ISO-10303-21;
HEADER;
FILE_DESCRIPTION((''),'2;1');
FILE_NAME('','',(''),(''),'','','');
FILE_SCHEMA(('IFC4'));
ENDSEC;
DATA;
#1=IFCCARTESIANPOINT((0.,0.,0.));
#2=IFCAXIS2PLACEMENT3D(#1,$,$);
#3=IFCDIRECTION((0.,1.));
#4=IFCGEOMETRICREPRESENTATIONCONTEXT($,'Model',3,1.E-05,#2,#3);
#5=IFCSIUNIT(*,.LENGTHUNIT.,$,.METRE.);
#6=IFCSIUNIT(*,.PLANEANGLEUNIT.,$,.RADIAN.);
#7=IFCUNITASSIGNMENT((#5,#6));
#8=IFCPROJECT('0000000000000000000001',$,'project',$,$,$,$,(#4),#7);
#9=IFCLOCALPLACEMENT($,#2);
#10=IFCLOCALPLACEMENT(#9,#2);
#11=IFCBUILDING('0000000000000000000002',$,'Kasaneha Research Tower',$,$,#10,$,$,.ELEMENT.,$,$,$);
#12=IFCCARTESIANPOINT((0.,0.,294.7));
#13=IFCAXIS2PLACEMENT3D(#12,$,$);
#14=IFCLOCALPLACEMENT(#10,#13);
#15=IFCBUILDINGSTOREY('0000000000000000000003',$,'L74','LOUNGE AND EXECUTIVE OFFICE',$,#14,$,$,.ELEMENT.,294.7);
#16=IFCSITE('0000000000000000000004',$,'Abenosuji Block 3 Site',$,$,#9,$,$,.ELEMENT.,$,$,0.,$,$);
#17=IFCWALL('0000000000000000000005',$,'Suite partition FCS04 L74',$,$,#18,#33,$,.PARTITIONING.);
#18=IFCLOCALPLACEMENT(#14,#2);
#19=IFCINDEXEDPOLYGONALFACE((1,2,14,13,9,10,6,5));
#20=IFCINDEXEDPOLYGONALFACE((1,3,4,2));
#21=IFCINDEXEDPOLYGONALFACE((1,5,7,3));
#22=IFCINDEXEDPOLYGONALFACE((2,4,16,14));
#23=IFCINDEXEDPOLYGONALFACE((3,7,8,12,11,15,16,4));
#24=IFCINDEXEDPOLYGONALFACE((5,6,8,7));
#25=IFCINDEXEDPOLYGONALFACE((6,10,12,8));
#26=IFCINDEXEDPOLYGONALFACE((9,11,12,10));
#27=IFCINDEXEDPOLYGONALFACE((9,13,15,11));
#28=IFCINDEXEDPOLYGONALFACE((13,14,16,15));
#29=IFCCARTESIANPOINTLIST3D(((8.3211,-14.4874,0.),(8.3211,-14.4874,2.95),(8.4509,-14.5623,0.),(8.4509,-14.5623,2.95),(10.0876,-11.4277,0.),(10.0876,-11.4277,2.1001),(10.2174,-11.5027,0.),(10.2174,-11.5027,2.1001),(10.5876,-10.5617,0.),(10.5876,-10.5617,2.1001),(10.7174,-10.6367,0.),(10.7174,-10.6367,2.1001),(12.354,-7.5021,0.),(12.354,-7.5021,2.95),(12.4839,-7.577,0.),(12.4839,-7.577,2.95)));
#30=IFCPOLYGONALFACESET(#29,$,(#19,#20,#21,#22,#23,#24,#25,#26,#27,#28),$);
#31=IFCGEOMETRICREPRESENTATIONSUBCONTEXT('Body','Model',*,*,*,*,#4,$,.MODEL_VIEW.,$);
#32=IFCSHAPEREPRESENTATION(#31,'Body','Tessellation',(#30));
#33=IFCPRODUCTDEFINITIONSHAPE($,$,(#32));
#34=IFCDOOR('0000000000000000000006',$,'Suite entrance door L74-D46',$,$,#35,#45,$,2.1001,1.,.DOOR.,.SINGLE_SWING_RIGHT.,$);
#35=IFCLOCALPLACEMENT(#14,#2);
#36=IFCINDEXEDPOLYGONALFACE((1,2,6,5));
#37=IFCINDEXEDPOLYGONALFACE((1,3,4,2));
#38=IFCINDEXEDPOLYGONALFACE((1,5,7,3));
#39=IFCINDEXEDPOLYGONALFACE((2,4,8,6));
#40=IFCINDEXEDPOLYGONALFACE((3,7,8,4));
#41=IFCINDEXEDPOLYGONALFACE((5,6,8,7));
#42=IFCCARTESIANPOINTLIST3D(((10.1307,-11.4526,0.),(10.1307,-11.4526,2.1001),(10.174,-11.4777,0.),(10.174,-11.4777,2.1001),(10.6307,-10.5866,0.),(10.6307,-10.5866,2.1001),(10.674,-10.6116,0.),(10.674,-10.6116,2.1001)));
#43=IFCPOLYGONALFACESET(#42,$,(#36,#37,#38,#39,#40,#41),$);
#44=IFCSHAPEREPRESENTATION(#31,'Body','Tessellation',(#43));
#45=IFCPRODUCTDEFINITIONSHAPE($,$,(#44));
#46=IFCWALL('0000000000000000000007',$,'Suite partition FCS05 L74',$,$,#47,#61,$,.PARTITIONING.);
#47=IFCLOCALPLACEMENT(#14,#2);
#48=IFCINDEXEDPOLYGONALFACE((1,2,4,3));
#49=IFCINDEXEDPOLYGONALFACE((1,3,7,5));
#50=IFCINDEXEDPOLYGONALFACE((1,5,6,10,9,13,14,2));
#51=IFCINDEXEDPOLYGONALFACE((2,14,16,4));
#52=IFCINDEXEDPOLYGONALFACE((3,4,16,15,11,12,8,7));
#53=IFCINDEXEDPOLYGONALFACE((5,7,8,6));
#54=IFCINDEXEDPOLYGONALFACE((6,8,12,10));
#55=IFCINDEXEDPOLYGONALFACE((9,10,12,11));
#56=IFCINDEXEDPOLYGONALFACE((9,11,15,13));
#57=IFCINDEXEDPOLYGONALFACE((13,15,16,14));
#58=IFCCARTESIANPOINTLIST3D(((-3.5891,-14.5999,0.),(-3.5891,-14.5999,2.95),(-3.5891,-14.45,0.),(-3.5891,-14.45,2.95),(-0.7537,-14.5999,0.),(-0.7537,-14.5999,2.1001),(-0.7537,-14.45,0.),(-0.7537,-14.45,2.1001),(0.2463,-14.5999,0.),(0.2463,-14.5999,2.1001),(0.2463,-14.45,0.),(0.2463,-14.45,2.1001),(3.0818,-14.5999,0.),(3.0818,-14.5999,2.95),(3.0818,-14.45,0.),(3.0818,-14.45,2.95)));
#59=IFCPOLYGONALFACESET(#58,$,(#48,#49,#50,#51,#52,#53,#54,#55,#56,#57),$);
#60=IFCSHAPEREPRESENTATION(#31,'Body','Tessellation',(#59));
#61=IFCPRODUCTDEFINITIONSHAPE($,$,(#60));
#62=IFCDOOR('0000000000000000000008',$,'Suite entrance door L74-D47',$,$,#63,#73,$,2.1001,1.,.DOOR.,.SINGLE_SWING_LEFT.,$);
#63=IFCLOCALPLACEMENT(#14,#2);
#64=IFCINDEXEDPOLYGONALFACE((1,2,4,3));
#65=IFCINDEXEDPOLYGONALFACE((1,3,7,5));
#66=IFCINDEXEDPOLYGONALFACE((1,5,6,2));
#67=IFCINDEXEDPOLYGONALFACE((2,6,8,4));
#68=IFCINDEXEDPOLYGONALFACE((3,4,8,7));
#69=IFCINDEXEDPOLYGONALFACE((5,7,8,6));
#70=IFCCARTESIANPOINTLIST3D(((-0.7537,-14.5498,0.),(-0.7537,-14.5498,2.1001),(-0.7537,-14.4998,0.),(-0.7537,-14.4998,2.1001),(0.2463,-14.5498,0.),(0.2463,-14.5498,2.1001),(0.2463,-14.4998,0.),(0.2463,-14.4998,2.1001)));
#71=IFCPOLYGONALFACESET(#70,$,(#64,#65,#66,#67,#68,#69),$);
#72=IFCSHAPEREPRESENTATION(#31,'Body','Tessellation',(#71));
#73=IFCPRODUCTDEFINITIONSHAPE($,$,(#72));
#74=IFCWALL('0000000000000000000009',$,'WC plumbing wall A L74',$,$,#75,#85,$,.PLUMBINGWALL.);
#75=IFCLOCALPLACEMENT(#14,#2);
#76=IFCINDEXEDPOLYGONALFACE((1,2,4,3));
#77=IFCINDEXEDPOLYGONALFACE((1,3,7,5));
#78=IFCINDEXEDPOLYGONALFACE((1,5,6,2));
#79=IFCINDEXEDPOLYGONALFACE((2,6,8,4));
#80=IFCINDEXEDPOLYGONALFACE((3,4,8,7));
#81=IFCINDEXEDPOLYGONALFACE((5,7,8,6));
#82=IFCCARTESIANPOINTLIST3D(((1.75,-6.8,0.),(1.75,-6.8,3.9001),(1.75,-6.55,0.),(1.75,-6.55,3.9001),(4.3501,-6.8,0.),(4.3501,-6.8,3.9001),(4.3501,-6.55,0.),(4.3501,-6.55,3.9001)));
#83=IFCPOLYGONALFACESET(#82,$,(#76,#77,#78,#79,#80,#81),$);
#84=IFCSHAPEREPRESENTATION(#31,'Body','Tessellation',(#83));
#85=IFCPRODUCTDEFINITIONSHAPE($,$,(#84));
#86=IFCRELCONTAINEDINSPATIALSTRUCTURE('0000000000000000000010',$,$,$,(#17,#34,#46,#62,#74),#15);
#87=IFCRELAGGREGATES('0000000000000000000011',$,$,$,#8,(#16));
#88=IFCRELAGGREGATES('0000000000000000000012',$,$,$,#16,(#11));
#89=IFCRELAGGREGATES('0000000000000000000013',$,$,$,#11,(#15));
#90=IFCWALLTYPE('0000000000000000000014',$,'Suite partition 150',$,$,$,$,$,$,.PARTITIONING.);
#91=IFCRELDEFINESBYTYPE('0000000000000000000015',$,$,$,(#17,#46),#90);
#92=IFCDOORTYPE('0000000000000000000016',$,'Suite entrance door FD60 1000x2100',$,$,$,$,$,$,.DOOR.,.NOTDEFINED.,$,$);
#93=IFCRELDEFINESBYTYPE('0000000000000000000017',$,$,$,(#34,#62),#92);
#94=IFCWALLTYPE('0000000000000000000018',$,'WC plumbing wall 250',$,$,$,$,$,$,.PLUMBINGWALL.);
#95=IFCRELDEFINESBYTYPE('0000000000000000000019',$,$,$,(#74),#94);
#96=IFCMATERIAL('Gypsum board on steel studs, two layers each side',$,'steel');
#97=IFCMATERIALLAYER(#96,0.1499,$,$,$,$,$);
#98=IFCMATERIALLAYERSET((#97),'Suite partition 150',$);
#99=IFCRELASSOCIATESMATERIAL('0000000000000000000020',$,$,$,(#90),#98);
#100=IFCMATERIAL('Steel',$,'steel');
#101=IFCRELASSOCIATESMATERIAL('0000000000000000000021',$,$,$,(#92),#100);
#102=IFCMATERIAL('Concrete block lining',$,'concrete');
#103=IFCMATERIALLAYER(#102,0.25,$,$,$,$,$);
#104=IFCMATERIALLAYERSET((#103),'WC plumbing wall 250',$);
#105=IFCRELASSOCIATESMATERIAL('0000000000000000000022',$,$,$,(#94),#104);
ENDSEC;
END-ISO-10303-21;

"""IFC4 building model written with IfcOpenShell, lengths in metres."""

from ifc_helpers import new_model, si_unit, direction, frame, frame_2d, origin, place, context, subcontext, project, spatial, rectangle, extrude, material, layer, layer_set, type_object, element, fill, save


model = new_model("IFC4")

# Units and contexts
model_context = context("Model", 3, precision=1e-05, world=origin(), true_north=direction((0.0, 1.0)))
body_context = subcontext(model_context, "Body", "Model", "MODEL_VIEW")
ifc_project = project(units=[si_unit("LENGTHUNIT", "METRE"), si_unit("PLANEANGLEUNIT", "RADIAN")], contexts=[model_context])

# Site, building, storey
site_placement = place(None, origin())
site = spatial("IfcSite", under=ifc_project, at=site_placement, Name="Abenosuji Block 3 Site", CompositionType="ELEMENT", RefElevation=0.0)
building_placement = place(site_placement, origin())
building = spatial("IfcBuilding", under=site, at=building_placement, Name="Kasaneha Research Tower", CompositionType="ELEMENT")
storey_placement = place(building_placement, frame((0.0, 0.0, 294.7)))
storey = spatial("IfcBuildingStorey", under=building, at=storey_placement, Name="L74", Description="LOUNGE AND EXECUTIVE OFFICE", CompositionType="ELEMENT", Elevation=294.7)

# Shared definitions
ifc_material_1 = material(Name="Gypsum board on steel studs, two layers each side", Category="steel")
ifc_layer_1 = layer(ifc_material_1, 0.1499)
ifc_layer_set_1 = layer_set([ifc_layer_1], Name="Suite partition 150")
wall_type_1 = type_object("IfcWallType", Name="Suite partition 150", PredefinedType="PARTITIONING", material=ifc_layer_set_1)

# Walls, openings, doors
wall_1_placement = place(storey_placement, frame((12.4189, -7.5396, 0.0), z_axis=(0.0, 0.0, 1.0), x_axis=(-0.499997, -0.866027, 0.0)))
wall_1 = element("IfcWall", 1, at=wall_1_placement, inside=storey, type_object=wall_type_1, Name="Suite partition FCS04 L74", PredefinedType="PARTITIONING", context=body_context, shape_type="SweptSolid", body=[
    extrude(rectangle(XDim=8.0659, YDim=0.1499, at=frame_2d((4.033, 0.0))), origin(), (0.0, 0.0, 1.0), 2.95),
])
opening_1_placement = place(wall_1_placement, frame((3.533, 0.0, 0.0)))
opening_1 = element("IfcOpeningElement", 2, at=opening_1_placement, cuts=wall_1, PredefinedType="OPENING", context=body_context, shape_type="SweptSolid", body=[
    extrude(rectangle(XDim=1.0, YDim=2.1001, at=frame_2d((0.5, 1.05))), frame((0.0, 0.085, 0.0), z_axis=(0.0, -1.0, 0.0), x_axis=(1.0, 0.0, 0.0)), (0.0, 0.0, 1.0), 0.1699),
])
ifc_material_2 = material(Name="Steel", Category="steel")
door_type_1 = type_object("IfcDoorType", Name="Suite entrance door FD60 1000x2100", OperationType="NOTDEFINED", PredefinedType="DOOR", material=ifc_material_2)
door_1_placement = place(opening_1_placement, origin())
door_1 = element("IfcDoor", 3, at=door_1_placement, inside=storey, type_object=door_type_1, Name="Suite entrance door L74-D46", OperationType="SINGLE_SWING_RIGHT", OverallHeight=2.1001, OverallWidth=1.0, PredefinedType="DOOR", context=body_context, shape_type="SweptSolid", body=[
    extrude(rectangle(XDim=1.0, YDim=2.1001, at=frame_2d((0.5, 1.05))), frame((0.0, 0.0249, 0.0), z_axis=(0.0, -1.0, 0.0), x_axis=(1.0, 0.0, 0.0)), (0.0, 0.0, 1.0), 0.05),
])
fill(opening_1, door_1)
wall_2_placement = place(storey_placement, frame((3.0818, -14.5249, 0.0), z_axis=(0.0, 0.0, 1.0), x_axis=(-1.0, 0.0, 0.0)))
wall_2 = element("IfcWall", 4, at=wall_2_placement, inside=storey, type_object=wall_type_1, Name="Suite partition FCS05 L74", PredefinedType="PARTITIONING", context=body_context, shape_type="SweptSolid", body=[
    extrude(rectangle(XDim=6.6709, YDim=0.1499, at=frame_2d((3.3354, 0.0))), origin(), (0.0, 0.0, 1.0), 2.95),
])
opening_2_placement = place(wall_2_placement, frame((2.8354, 0.0, 0.0)))
opening_2 = element("IfcOpeningElement", 5, at=opening_2_placement, cuts=wall_2, PredefinedType="OPENING", context=body_context, shape_type="SweptSolid", body=[
    extrude(rectangle(XDim=1.0, YDim=2.1001, at=frame_2d((0.5, 1.05))), frame((0.0, 0.085, 0.0), z_axis=(0.0, -1.0, 0.0), x_axis=(1.0, 0.0, 0.0)), (0.0, 0.0, 1.0), 0.1699),
])
door_2_placement = place(opening_2_placement, origin())
door_2 = element("IfcDoor", 6, at=door_2_placement, inside=storey, type_object=door_type_1, Name="Suite entrance door L74-D47", OperationType="SINGLE_SWING_LEFT", OverallHeight=2.1001, OverallWidth=1.0, PredefinedType="DOOR", context=body_context, shape_type="SweptSolid", body=[
    extrude(rectangle(XDim=1.0, YDim=2.1001, at=frame_2d((0.5, 1.05))), frame((0.0, 0.0249, 0.0), z_axis=(0.0, -1.0, 0.0), x_axis=(1.0, 0.0, 0.0)), (0.0, 0.0, 1.0), 0.05),
])
fill(opening_2, door_2)

# Wall
ifc_material_3 = material(Name="Concrete block lining", Category="concrete")
ifc_layer_2 = layer(ifc_material_3, 0.25)
ifc_layer_set_2 = layer_set([ifc_layer_2], Name="WC plumbing wall 250")
wall_type_2 = type_object("IfcWallType", Name="WC plumbing wall 250", PredefinedType="PLUMBINGWALL", material=ifc_layer_set_2)
wall_3_placement = place(storey_placement, frame((1.75, -6.675, 0.0), z_axis=(0.0, 0.0, 1.0), x_axis=(1.0, 0.0, 0.0)))
element("IfcWall", 7, at=wall_3_placement, inside=storey, type_object=wall_type_2, Name="WC plumbing wall A L74", PredefinedType="PLUMBINGWALL", context=body_context, shape_type="SweptSolid", body=[
    extrude(rectangle(XDim=2.6001, YDim=0.25, at=frame_2d((1.3, 0.0))), origin(), (0.0, 0.0, 1.0), 3.9001),
])

save(model, "model.ifc")
